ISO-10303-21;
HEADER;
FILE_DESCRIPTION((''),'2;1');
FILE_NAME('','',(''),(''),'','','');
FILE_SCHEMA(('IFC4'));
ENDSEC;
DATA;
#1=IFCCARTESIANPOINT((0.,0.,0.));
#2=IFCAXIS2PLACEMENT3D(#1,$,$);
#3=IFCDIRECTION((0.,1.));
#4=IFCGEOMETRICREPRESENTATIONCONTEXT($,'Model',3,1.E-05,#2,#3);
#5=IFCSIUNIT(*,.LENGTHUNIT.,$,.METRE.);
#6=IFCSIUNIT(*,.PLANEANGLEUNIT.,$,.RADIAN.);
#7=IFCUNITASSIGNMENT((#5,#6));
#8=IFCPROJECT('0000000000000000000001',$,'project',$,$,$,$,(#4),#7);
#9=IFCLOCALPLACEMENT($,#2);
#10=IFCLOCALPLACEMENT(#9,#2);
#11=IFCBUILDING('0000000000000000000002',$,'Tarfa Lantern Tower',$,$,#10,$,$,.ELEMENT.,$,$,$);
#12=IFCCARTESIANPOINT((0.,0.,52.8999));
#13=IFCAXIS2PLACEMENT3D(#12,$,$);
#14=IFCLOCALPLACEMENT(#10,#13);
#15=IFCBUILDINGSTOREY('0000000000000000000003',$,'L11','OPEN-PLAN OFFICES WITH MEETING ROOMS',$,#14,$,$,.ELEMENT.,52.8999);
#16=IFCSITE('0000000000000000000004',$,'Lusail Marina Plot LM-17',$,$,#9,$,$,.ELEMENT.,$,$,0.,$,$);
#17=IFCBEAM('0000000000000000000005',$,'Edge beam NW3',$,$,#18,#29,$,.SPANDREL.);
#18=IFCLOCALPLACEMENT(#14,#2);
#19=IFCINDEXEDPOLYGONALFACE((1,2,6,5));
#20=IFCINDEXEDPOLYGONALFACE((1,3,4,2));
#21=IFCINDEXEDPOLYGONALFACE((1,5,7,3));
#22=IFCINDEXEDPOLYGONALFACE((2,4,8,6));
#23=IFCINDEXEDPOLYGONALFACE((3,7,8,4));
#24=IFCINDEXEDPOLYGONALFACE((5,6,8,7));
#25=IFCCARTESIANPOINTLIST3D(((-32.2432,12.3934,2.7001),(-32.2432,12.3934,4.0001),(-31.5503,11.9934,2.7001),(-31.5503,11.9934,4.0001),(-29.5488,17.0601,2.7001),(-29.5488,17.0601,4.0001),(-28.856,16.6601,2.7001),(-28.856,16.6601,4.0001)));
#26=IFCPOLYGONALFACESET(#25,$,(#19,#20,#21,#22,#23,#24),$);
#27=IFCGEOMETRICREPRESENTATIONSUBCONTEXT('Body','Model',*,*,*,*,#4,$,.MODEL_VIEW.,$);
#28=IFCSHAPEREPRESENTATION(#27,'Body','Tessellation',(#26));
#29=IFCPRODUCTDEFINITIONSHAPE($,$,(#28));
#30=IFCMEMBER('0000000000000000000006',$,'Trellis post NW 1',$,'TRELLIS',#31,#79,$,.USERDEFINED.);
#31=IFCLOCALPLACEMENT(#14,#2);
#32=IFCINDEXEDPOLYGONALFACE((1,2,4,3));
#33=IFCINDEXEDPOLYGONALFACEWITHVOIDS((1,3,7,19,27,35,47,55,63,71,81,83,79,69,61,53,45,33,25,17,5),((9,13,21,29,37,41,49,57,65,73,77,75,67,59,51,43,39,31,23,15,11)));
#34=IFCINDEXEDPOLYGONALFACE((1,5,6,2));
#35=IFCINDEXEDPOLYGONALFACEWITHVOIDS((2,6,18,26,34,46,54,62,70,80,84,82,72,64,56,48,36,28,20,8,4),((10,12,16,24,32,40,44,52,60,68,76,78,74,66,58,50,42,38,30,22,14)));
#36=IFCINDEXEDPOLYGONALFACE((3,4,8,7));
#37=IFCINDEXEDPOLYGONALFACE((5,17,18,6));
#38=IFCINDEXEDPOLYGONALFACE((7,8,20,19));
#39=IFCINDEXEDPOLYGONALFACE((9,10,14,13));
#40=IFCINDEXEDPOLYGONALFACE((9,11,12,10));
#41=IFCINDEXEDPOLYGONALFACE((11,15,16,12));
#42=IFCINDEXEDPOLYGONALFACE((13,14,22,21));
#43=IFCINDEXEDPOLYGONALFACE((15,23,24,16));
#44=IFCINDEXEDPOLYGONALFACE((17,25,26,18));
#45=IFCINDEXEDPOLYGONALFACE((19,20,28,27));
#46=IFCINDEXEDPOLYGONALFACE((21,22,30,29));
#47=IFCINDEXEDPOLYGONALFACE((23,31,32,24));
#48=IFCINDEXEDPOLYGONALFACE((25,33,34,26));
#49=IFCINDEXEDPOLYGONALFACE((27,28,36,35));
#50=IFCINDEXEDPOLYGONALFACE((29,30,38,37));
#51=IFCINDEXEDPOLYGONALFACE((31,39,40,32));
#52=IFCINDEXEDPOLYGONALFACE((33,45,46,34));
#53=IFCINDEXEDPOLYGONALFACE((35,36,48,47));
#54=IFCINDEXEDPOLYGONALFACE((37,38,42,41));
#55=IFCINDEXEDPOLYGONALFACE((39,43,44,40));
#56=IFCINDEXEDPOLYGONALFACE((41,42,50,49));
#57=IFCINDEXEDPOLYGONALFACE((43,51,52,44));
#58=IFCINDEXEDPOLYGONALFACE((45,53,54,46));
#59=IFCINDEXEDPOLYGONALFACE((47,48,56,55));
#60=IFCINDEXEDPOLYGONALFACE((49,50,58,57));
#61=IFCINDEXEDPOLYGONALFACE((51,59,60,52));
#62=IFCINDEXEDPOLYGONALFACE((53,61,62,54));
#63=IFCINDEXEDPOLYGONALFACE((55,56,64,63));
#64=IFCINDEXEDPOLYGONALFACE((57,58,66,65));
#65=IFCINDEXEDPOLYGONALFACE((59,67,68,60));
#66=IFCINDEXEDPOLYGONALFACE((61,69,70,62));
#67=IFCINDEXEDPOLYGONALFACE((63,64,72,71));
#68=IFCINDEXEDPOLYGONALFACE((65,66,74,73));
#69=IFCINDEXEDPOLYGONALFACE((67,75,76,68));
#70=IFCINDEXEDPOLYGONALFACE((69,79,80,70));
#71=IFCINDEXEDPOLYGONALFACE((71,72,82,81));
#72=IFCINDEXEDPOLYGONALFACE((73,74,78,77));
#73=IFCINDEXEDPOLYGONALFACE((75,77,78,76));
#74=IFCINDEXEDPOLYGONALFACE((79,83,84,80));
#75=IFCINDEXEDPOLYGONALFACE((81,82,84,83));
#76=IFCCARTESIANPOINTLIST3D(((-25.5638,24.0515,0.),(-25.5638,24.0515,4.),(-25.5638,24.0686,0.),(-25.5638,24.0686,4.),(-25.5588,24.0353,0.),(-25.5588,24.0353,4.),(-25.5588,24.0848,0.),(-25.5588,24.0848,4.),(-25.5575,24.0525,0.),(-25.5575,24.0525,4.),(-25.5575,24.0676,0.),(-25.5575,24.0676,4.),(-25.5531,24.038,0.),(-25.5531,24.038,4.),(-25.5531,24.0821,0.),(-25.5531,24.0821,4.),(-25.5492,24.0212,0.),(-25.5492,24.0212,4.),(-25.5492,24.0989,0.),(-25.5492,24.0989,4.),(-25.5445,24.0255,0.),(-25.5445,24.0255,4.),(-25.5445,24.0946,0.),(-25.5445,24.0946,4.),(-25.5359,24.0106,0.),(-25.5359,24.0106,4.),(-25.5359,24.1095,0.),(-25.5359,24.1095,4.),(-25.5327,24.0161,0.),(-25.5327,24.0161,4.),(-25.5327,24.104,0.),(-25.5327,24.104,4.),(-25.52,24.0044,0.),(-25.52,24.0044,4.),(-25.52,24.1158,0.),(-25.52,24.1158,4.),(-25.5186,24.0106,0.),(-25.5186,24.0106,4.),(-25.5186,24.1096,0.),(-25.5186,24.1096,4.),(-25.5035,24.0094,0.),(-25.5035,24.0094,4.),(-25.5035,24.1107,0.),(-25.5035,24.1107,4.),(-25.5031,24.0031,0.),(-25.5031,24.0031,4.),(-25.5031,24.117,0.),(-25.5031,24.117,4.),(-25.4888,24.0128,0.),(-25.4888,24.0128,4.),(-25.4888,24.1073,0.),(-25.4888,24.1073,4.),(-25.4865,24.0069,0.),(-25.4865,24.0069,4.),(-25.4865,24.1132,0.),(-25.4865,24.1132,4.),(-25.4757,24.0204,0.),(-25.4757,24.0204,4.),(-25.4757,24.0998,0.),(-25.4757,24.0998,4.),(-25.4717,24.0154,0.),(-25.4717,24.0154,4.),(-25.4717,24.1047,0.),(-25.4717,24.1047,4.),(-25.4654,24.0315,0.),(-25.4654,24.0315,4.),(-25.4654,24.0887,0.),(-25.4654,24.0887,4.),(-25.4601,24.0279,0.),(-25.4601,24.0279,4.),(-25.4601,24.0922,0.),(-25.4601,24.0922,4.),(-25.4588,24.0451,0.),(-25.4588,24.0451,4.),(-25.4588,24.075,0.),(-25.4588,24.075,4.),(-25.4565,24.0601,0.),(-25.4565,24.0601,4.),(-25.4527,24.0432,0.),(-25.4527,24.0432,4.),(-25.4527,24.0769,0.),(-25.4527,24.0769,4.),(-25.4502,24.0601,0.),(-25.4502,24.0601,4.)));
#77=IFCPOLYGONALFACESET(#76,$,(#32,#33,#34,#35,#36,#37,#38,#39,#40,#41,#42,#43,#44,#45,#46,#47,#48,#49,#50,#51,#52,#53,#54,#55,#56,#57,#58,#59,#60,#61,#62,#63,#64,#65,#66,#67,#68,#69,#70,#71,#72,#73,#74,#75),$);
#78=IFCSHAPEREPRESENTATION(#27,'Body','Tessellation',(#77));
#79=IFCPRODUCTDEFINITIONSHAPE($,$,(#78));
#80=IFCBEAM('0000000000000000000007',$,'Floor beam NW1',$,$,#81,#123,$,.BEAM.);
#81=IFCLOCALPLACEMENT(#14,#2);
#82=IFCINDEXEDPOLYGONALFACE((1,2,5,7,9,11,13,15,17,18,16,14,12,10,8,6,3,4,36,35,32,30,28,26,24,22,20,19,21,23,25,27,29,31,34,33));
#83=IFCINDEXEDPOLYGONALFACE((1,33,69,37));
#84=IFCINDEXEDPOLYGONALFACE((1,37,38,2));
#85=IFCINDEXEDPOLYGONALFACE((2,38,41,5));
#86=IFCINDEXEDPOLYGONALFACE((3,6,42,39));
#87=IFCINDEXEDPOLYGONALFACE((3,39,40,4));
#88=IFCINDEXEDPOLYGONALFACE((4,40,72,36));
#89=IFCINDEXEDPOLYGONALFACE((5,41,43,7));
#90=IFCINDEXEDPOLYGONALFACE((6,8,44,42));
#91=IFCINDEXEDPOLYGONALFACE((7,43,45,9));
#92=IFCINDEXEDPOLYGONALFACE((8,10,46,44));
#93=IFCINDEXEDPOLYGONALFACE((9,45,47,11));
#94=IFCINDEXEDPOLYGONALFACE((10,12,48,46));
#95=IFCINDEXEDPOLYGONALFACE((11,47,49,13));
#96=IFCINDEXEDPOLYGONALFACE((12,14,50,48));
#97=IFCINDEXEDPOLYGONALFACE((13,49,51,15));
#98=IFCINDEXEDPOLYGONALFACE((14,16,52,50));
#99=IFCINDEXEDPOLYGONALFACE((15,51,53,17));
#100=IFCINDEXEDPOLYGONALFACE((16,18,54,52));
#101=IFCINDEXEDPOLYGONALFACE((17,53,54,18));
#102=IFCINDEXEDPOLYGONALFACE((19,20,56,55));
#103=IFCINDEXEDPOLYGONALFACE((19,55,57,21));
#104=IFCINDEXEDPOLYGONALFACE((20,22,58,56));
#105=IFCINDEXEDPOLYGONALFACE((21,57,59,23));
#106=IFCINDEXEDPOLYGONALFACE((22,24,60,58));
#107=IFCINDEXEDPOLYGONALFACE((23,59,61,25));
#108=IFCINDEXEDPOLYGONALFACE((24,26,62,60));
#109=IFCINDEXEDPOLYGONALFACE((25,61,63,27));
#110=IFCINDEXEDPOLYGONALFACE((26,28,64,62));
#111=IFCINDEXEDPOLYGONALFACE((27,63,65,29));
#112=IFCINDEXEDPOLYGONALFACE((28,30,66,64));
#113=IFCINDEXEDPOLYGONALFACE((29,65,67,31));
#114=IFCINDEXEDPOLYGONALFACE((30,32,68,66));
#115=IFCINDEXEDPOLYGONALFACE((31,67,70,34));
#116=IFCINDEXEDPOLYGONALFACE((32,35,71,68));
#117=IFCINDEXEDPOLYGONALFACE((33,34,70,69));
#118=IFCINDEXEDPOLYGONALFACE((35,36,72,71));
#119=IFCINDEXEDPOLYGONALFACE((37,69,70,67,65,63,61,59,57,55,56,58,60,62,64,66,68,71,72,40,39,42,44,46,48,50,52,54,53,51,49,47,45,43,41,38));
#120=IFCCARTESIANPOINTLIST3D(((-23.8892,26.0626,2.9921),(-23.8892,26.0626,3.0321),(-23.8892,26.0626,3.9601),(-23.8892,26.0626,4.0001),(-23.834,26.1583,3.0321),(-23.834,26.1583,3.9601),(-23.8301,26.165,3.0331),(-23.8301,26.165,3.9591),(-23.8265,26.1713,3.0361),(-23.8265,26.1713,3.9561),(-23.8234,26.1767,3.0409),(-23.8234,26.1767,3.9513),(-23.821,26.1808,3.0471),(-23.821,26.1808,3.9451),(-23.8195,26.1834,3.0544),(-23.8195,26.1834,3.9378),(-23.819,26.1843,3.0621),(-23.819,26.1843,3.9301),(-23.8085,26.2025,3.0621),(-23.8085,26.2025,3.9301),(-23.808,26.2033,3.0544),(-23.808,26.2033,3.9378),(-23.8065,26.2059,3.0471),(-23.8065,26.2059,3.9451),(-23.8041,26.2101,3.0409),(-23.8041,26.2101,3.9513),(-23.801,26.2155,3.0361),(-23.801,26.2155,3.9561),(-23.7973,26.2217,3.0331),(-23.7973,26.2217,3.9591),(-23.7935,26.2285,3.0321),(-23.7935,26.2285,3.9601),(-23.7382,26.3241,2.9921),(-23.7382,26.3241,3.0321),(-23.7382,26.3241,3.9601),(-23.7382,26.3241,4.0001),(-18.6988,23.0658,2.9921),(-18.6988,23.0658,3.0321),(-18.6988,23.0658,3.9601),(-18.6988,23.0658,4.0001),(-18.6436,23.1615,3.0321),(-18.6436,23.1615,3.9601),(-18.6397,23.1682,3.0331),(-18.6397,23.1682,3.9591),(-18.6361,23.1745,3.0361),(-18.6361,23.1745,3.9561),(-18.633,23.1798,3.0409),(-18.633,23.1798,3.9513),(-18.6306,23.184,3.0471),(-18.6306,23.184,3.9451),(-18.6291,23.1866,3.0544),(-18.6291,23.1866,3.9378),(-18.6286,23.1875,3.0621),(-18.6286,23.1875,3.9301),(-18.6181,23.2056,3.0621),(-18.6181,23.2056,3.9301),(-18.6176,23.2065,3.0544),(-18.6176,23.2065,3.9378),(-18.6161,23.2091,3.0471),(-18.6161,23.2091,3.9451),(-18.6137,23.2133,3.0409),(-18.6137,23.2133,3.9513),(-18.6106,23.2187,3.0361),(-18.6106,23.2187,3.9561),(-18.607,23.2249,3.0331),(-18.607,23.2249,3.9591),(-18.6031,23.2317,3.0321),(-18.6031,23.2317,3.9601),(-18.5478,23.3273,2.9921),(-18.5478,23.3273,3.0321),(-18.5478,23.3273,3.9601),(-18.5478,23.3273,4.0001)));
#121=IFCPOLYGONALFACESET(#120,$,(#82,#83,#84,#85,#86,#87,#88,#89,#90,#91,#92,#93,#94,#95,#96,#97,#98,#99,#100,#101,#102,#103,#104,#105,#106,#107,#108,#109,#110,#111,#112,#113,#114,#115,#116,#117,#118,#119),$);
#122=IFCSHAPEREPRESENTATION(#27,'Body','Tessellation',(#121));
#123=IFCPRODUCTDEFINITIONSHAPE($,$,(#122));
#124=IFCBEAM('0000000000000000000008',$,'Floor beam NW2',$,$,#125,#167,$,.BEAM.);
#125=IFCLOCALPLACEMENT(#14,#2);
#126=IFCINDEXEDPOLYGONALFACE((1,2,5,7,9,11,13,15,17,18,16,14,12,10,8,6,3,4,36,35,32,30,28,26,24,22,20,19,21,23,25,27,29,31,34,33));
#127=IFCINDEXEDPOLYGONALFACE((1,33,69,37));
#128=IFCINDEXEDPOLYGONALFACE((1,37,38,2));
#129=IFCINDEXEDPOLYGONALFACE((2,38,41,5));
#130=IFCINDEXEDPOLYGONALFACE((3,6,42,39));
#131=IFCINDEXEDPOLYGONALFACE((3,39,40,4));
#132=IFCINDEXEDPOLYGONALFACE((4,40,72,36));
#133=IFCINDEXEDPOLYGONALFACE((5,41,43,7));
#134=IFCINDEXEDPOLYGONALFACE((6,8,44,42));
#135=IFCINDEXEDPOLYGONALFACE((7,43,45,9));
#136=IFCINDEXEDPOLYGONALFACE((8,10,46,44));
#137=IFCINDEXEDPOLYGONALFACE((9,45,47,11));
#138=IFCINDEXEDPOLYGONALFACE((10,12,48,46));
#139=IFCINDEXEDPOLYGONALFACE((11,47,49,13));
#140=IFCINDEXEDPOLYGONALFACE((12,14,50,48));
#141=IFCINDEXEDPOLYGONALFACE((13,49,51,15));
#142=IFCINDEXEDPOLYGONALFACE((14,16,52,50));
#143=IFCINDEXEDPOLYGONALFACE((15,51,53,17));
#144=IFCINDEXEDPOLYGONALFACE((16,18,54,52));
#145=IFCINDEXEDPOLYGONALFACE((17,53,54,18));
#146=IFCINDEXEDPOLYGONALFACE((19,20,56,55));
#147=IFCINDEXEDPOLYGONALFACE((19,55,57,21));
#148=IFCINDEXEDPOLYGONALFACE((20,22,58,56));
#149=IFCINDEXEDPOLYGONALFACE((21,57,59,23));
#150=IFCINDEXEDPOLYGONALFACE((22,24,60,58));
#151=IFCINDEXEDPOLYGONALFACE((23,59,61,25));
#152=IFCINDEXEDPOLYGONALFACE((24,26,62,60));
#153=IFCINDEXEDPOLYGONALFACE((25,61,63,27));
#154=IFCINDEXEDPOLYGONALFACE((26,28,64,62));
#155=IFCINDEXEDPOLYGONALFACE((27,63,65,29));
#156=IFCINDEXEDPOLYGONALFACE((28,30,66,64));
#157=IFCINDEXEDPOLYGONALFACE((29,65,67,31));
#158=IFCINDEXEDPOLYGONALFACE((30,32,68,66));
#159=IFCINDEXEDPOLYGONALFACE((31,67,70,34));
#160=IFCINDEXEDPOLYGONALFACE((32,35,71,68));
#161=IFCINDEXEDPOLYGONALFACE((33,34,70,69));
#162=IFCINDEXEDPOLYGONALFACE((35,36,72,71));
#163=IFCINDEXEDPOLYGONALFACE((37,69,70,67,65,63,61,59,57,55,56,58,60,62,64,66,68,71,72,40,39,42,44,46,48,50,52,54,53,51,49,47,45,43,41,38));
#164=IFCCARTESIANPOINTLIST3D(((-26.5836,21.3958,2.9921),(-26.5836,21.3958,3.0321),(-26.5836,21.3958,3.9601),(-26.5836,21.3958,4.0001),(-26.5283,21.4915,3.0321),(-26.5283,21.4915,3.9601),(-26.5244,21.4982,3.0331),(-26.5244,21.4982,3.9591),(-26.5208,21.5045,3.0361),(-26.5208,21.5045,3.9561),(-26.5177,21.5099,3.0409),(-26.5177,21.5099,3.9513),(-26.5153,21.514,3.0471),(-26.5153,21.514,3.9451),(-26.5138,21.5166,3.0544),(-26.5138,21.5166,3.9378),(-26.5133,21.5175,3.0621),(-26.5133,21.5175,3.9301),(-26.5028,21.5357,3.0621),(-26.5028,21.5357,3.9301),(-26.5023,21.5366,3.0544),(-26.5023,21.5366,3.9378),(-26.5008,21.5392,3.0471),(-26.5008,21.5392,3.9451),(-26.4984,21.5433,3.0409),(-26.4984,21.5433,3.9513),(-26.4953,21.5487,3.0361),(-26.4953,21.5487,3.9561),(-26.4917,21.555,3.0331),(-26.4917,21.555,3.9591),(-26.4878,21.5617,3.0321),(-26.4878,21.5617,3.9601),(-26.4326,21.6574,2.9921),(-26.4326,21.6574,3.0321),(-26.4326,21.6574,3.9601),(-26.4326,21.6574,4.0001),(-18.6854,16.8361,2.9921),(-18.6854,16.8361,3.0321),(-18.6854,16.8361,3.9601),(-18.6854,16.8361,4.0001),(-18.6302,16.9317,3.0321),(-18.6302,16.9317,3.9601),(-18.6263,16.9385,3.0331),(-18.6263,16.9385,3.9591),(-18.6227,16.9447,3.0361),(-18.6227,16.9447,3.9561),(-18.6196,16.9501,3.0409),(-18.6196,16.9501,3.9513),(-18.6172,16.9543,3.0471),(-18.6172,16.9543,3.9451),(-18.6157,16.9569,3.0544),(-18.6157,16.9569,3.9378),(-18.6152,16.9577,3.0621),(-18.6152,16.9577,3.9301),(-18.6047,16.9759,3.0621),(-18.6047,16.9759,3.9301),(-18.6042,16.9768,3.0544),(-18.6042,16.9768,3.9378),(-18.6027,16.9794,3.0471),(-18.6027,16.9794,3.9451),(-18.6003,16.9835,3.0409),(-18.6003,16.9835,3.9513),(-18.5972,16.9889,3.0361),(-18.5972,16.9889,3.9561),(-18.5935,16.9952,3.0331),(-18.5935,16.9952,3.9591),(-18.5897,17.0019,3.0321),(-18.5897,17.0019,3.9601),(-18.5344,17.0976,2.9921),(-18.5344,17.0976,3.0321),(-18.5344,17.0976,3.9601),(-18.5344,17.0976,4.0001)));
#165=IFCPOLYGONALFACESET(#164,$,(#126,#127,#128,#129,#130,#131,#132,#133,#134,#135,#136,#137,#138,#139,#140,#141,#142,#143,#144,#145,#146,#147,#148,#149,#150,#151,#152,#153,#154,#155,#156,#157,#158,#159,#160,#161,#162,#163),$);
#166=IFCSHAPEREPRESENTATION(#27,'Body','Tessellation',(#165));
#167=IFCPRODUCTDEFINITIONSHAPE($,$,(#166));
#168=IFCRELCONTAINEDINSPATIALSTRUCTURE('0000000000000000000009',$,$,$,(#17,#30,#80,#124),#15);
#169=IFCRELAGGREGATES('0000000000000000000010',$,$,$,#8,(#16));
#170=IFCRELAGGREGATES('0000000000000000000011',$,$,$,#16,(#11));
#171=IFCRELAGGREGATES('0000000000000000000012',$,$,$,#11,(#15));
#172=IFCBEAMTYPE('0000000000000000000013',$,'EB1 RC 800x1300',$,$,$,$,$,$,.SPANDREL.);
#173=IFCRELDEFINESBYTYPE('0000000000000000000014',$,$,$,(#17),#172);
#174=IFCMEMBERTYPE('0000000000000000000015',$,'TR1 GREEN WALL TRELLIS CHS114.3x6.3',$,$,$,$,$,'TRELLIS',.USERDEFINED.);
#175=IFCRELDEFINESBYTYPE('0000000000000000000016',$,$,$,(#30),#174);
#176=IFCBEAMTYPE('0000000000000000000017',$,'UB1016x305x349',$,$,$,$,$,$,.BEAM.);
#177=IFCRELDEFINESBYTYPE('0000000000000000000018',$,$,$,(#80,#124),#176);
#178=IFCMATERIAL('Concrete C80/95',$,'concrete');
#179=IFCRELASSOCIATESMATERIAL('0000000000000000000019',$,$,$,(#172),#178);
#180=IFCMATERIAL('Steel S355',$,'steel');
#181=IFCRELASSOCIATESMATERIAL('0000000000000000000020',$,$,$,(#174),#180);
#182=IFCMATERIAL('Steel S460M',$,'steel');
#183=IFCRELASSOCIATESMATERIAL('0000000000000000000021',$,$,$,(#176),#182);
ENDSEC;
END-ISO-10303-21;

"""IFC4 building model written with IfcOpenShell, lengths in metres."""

from ifc_helpers import new_model, si_unit, direction, frame, origin, origin_2d, place, context, subcontext, project, spatial, rectangle, hollow_circle, i_section, extrude, material, material_profile, profile_set, type_object, element, save


model = new_model("IFC4")

# Units and contexts
model_context = context("Model", 3, precision=1e-05, world=origin(), true_north=direction((0.0, 1.0)))
body_context = subcontext(model_context, "Body", "Model", "MODEL_VIEW")
ifc_project = project(units=[si_unit("LENGTHUNIT", "METRE"), si_unit("PLANEANGLEUNIT", "RADIAN")], contexts=[model_context])

# Site, building, storey
site_placement = place(None, origin())
site = spatial("IfcSite", under=ifc_project, at=site_placement, Name="Lusail Marina Plot LM-17", CompositionType="ELEMENT", RefElevation=0.0)
building_placement = place(site_placement, origin())
building = spatial("IfcBuilding", under=site, at=building_placement, Name="Tarfa Lantern Tower", CompositionType="ELEMENT")
storey_placement = place(building_placement, frame((0.0, 0.0, 52.8999)))
storey = spatial("IfcBuildingStorey", under=building, at=storey_placement, Name="L11", Description="OPEN-PLAN OFFICES WITH MEETING ROOMS", CompositionType="ELEMENT", Elevation=52.8999)

# Shared definitions
ifc_material_1 = material(Name="Concrete C80/95", Category="concrete")

# Beam
ifc_material_profile_1 = material_profile(ifc_material_1, rectangle(XDim=0.8, YDim=1.3, at=origin_2d()), Name="RC 800x1300")
ifc_profile_set_1 = profile_set([ifc_material_profile_1], Name="Concrete C80/95")
beam_type_1 = type_object("IfcBeamType", Name="EB1 RC 800x1300", PredefinedType="SPANDREL", material=ifc_profile_set_1)
beam_1_placement = place(storey_placement, frame((-29.2024, 16.8601, 3.3501), z_axis=(-0.499998, -0.866026, 0.0), x_axis=(0.866026, -0.499998, 0.0)))
element("IfcBeam", 1, at=beam_1_placement, inside=storey, type_object=beam_type_1, Name="Edge beam NW3", PredefinedType="SPANDREL", context=body_context, shape_type="SweptSolid", body=[
    extrude(rectangle(XDim=0.8, YDim=1.3, at=origin_2d()), origin(), (0.0, 0.0, 1.0), 5.3887),
])

# Member
ifc_material_2 = material(Name="Steel S355", Category="steel")
ifc_material_profile_2 = material_profile(ifc_material_2, hollow_circle(Radius=0.0571, WallThickness=0.0063, at=origin_2d()), Name="CHS114.3x6.3")
ifc_profile_set_2 = profile_set([ifc_material_profile_2], Name="Steel S355")
member_type_1 = type_object("IfcMemberType", Name="TR1 GREEN WALL TRELLIS CHS114.3x6.3", ElementType="TRELLIS", PredefinedType="USERDEFINED", material=ifc_profile_set_2)
member_1_placement = place(storey_placement, frame((-25.5073, 24.0601, 0.0), z_axis=(0.0, 0.0, 1.0), x_axis=(1.0, 0.0, 0.0)))
element("IfcMember", 2, at=member_1_placement, inside=storey, type_object=member_type_1, Name="Trellis post NW 1", ObjectType="TRELLIS", PredefinedType="USERDEFINED", context=body_context, shape_type="SweptSolid", body=[
    extrude(hollow_circle(Radius=0.0571, WallThickness=0.0063, at=origin_2d()), origin(), (0.0, 0.0, 1.0), 4.0),
])

# Beams
ifc_material_3 = material(Name="Steel S460M", Category="steel")
ifc_material_profile_3 = material_profile(ifc_material_3, i_section(OverallWidth=0.302, OverallDepth=1.0081, WebThickness=0.021, FlangeThickness=0.04, FilletRadius=0.03, at=origin_2d()), Name="UB1016x305x349")
ifc_profile_set_3 = profile_set([ifc_material_profile_3], Name="Steel S460M")
beam_type_2 = type_object("IfcBeamType", Name="UB1016x305x349", PredefinedType="BEAM", material=ifc_profile_set_3)
beam_2_placement = place(storey_placement, frame((-23.8137, 26.1934, 3.4961), z_axis=(0.866016, -0.500016, 0.0), x_axis=(0.500016, 0.866016, 0.0)))
element("IfcBeam", 3, at=beam_2_placement, inside=storey, type_object=beam_type_2, Name="Floor beam NW1", PredefinedType="BEAM", context=body_context, shape_type="SweptSolid", body=[
    extrude(i_section(OverallWidth=0.302, OverallDepth=1.0081, WebThickness=0.021, FlangeThickness=0.04, FilletRadius=0.03, at=origin_2d()), origin(), (0.0, 0.0, 1.0), 5.9934),
])
beam_3_placement = place(storey_placement, frame((-26.5081, 21.5266, 3.4961), z_axis=(0.866035, -0.499983, 0.0), x_axis=(0.499983, 0.866035, 0.0)))
element("IfcBeam", 4, at=beam_3_placement, inside=storey, type_object=beam_type_2, Name="Floor beam NW2", PredefinedType="BEAM", context=body_context, shape_type="SweptSolid", body=[
    extrude(i_section(OverallWidth=0.302, OverallDepth=1.0081, WebThickness=0.021, FlangeThickness=0.04, FilletRadius=0.03, at=origin_2d()), origin(), (0.0, 0.0, 1.0), 9.1199),
])

save(model, "model.ifc")
